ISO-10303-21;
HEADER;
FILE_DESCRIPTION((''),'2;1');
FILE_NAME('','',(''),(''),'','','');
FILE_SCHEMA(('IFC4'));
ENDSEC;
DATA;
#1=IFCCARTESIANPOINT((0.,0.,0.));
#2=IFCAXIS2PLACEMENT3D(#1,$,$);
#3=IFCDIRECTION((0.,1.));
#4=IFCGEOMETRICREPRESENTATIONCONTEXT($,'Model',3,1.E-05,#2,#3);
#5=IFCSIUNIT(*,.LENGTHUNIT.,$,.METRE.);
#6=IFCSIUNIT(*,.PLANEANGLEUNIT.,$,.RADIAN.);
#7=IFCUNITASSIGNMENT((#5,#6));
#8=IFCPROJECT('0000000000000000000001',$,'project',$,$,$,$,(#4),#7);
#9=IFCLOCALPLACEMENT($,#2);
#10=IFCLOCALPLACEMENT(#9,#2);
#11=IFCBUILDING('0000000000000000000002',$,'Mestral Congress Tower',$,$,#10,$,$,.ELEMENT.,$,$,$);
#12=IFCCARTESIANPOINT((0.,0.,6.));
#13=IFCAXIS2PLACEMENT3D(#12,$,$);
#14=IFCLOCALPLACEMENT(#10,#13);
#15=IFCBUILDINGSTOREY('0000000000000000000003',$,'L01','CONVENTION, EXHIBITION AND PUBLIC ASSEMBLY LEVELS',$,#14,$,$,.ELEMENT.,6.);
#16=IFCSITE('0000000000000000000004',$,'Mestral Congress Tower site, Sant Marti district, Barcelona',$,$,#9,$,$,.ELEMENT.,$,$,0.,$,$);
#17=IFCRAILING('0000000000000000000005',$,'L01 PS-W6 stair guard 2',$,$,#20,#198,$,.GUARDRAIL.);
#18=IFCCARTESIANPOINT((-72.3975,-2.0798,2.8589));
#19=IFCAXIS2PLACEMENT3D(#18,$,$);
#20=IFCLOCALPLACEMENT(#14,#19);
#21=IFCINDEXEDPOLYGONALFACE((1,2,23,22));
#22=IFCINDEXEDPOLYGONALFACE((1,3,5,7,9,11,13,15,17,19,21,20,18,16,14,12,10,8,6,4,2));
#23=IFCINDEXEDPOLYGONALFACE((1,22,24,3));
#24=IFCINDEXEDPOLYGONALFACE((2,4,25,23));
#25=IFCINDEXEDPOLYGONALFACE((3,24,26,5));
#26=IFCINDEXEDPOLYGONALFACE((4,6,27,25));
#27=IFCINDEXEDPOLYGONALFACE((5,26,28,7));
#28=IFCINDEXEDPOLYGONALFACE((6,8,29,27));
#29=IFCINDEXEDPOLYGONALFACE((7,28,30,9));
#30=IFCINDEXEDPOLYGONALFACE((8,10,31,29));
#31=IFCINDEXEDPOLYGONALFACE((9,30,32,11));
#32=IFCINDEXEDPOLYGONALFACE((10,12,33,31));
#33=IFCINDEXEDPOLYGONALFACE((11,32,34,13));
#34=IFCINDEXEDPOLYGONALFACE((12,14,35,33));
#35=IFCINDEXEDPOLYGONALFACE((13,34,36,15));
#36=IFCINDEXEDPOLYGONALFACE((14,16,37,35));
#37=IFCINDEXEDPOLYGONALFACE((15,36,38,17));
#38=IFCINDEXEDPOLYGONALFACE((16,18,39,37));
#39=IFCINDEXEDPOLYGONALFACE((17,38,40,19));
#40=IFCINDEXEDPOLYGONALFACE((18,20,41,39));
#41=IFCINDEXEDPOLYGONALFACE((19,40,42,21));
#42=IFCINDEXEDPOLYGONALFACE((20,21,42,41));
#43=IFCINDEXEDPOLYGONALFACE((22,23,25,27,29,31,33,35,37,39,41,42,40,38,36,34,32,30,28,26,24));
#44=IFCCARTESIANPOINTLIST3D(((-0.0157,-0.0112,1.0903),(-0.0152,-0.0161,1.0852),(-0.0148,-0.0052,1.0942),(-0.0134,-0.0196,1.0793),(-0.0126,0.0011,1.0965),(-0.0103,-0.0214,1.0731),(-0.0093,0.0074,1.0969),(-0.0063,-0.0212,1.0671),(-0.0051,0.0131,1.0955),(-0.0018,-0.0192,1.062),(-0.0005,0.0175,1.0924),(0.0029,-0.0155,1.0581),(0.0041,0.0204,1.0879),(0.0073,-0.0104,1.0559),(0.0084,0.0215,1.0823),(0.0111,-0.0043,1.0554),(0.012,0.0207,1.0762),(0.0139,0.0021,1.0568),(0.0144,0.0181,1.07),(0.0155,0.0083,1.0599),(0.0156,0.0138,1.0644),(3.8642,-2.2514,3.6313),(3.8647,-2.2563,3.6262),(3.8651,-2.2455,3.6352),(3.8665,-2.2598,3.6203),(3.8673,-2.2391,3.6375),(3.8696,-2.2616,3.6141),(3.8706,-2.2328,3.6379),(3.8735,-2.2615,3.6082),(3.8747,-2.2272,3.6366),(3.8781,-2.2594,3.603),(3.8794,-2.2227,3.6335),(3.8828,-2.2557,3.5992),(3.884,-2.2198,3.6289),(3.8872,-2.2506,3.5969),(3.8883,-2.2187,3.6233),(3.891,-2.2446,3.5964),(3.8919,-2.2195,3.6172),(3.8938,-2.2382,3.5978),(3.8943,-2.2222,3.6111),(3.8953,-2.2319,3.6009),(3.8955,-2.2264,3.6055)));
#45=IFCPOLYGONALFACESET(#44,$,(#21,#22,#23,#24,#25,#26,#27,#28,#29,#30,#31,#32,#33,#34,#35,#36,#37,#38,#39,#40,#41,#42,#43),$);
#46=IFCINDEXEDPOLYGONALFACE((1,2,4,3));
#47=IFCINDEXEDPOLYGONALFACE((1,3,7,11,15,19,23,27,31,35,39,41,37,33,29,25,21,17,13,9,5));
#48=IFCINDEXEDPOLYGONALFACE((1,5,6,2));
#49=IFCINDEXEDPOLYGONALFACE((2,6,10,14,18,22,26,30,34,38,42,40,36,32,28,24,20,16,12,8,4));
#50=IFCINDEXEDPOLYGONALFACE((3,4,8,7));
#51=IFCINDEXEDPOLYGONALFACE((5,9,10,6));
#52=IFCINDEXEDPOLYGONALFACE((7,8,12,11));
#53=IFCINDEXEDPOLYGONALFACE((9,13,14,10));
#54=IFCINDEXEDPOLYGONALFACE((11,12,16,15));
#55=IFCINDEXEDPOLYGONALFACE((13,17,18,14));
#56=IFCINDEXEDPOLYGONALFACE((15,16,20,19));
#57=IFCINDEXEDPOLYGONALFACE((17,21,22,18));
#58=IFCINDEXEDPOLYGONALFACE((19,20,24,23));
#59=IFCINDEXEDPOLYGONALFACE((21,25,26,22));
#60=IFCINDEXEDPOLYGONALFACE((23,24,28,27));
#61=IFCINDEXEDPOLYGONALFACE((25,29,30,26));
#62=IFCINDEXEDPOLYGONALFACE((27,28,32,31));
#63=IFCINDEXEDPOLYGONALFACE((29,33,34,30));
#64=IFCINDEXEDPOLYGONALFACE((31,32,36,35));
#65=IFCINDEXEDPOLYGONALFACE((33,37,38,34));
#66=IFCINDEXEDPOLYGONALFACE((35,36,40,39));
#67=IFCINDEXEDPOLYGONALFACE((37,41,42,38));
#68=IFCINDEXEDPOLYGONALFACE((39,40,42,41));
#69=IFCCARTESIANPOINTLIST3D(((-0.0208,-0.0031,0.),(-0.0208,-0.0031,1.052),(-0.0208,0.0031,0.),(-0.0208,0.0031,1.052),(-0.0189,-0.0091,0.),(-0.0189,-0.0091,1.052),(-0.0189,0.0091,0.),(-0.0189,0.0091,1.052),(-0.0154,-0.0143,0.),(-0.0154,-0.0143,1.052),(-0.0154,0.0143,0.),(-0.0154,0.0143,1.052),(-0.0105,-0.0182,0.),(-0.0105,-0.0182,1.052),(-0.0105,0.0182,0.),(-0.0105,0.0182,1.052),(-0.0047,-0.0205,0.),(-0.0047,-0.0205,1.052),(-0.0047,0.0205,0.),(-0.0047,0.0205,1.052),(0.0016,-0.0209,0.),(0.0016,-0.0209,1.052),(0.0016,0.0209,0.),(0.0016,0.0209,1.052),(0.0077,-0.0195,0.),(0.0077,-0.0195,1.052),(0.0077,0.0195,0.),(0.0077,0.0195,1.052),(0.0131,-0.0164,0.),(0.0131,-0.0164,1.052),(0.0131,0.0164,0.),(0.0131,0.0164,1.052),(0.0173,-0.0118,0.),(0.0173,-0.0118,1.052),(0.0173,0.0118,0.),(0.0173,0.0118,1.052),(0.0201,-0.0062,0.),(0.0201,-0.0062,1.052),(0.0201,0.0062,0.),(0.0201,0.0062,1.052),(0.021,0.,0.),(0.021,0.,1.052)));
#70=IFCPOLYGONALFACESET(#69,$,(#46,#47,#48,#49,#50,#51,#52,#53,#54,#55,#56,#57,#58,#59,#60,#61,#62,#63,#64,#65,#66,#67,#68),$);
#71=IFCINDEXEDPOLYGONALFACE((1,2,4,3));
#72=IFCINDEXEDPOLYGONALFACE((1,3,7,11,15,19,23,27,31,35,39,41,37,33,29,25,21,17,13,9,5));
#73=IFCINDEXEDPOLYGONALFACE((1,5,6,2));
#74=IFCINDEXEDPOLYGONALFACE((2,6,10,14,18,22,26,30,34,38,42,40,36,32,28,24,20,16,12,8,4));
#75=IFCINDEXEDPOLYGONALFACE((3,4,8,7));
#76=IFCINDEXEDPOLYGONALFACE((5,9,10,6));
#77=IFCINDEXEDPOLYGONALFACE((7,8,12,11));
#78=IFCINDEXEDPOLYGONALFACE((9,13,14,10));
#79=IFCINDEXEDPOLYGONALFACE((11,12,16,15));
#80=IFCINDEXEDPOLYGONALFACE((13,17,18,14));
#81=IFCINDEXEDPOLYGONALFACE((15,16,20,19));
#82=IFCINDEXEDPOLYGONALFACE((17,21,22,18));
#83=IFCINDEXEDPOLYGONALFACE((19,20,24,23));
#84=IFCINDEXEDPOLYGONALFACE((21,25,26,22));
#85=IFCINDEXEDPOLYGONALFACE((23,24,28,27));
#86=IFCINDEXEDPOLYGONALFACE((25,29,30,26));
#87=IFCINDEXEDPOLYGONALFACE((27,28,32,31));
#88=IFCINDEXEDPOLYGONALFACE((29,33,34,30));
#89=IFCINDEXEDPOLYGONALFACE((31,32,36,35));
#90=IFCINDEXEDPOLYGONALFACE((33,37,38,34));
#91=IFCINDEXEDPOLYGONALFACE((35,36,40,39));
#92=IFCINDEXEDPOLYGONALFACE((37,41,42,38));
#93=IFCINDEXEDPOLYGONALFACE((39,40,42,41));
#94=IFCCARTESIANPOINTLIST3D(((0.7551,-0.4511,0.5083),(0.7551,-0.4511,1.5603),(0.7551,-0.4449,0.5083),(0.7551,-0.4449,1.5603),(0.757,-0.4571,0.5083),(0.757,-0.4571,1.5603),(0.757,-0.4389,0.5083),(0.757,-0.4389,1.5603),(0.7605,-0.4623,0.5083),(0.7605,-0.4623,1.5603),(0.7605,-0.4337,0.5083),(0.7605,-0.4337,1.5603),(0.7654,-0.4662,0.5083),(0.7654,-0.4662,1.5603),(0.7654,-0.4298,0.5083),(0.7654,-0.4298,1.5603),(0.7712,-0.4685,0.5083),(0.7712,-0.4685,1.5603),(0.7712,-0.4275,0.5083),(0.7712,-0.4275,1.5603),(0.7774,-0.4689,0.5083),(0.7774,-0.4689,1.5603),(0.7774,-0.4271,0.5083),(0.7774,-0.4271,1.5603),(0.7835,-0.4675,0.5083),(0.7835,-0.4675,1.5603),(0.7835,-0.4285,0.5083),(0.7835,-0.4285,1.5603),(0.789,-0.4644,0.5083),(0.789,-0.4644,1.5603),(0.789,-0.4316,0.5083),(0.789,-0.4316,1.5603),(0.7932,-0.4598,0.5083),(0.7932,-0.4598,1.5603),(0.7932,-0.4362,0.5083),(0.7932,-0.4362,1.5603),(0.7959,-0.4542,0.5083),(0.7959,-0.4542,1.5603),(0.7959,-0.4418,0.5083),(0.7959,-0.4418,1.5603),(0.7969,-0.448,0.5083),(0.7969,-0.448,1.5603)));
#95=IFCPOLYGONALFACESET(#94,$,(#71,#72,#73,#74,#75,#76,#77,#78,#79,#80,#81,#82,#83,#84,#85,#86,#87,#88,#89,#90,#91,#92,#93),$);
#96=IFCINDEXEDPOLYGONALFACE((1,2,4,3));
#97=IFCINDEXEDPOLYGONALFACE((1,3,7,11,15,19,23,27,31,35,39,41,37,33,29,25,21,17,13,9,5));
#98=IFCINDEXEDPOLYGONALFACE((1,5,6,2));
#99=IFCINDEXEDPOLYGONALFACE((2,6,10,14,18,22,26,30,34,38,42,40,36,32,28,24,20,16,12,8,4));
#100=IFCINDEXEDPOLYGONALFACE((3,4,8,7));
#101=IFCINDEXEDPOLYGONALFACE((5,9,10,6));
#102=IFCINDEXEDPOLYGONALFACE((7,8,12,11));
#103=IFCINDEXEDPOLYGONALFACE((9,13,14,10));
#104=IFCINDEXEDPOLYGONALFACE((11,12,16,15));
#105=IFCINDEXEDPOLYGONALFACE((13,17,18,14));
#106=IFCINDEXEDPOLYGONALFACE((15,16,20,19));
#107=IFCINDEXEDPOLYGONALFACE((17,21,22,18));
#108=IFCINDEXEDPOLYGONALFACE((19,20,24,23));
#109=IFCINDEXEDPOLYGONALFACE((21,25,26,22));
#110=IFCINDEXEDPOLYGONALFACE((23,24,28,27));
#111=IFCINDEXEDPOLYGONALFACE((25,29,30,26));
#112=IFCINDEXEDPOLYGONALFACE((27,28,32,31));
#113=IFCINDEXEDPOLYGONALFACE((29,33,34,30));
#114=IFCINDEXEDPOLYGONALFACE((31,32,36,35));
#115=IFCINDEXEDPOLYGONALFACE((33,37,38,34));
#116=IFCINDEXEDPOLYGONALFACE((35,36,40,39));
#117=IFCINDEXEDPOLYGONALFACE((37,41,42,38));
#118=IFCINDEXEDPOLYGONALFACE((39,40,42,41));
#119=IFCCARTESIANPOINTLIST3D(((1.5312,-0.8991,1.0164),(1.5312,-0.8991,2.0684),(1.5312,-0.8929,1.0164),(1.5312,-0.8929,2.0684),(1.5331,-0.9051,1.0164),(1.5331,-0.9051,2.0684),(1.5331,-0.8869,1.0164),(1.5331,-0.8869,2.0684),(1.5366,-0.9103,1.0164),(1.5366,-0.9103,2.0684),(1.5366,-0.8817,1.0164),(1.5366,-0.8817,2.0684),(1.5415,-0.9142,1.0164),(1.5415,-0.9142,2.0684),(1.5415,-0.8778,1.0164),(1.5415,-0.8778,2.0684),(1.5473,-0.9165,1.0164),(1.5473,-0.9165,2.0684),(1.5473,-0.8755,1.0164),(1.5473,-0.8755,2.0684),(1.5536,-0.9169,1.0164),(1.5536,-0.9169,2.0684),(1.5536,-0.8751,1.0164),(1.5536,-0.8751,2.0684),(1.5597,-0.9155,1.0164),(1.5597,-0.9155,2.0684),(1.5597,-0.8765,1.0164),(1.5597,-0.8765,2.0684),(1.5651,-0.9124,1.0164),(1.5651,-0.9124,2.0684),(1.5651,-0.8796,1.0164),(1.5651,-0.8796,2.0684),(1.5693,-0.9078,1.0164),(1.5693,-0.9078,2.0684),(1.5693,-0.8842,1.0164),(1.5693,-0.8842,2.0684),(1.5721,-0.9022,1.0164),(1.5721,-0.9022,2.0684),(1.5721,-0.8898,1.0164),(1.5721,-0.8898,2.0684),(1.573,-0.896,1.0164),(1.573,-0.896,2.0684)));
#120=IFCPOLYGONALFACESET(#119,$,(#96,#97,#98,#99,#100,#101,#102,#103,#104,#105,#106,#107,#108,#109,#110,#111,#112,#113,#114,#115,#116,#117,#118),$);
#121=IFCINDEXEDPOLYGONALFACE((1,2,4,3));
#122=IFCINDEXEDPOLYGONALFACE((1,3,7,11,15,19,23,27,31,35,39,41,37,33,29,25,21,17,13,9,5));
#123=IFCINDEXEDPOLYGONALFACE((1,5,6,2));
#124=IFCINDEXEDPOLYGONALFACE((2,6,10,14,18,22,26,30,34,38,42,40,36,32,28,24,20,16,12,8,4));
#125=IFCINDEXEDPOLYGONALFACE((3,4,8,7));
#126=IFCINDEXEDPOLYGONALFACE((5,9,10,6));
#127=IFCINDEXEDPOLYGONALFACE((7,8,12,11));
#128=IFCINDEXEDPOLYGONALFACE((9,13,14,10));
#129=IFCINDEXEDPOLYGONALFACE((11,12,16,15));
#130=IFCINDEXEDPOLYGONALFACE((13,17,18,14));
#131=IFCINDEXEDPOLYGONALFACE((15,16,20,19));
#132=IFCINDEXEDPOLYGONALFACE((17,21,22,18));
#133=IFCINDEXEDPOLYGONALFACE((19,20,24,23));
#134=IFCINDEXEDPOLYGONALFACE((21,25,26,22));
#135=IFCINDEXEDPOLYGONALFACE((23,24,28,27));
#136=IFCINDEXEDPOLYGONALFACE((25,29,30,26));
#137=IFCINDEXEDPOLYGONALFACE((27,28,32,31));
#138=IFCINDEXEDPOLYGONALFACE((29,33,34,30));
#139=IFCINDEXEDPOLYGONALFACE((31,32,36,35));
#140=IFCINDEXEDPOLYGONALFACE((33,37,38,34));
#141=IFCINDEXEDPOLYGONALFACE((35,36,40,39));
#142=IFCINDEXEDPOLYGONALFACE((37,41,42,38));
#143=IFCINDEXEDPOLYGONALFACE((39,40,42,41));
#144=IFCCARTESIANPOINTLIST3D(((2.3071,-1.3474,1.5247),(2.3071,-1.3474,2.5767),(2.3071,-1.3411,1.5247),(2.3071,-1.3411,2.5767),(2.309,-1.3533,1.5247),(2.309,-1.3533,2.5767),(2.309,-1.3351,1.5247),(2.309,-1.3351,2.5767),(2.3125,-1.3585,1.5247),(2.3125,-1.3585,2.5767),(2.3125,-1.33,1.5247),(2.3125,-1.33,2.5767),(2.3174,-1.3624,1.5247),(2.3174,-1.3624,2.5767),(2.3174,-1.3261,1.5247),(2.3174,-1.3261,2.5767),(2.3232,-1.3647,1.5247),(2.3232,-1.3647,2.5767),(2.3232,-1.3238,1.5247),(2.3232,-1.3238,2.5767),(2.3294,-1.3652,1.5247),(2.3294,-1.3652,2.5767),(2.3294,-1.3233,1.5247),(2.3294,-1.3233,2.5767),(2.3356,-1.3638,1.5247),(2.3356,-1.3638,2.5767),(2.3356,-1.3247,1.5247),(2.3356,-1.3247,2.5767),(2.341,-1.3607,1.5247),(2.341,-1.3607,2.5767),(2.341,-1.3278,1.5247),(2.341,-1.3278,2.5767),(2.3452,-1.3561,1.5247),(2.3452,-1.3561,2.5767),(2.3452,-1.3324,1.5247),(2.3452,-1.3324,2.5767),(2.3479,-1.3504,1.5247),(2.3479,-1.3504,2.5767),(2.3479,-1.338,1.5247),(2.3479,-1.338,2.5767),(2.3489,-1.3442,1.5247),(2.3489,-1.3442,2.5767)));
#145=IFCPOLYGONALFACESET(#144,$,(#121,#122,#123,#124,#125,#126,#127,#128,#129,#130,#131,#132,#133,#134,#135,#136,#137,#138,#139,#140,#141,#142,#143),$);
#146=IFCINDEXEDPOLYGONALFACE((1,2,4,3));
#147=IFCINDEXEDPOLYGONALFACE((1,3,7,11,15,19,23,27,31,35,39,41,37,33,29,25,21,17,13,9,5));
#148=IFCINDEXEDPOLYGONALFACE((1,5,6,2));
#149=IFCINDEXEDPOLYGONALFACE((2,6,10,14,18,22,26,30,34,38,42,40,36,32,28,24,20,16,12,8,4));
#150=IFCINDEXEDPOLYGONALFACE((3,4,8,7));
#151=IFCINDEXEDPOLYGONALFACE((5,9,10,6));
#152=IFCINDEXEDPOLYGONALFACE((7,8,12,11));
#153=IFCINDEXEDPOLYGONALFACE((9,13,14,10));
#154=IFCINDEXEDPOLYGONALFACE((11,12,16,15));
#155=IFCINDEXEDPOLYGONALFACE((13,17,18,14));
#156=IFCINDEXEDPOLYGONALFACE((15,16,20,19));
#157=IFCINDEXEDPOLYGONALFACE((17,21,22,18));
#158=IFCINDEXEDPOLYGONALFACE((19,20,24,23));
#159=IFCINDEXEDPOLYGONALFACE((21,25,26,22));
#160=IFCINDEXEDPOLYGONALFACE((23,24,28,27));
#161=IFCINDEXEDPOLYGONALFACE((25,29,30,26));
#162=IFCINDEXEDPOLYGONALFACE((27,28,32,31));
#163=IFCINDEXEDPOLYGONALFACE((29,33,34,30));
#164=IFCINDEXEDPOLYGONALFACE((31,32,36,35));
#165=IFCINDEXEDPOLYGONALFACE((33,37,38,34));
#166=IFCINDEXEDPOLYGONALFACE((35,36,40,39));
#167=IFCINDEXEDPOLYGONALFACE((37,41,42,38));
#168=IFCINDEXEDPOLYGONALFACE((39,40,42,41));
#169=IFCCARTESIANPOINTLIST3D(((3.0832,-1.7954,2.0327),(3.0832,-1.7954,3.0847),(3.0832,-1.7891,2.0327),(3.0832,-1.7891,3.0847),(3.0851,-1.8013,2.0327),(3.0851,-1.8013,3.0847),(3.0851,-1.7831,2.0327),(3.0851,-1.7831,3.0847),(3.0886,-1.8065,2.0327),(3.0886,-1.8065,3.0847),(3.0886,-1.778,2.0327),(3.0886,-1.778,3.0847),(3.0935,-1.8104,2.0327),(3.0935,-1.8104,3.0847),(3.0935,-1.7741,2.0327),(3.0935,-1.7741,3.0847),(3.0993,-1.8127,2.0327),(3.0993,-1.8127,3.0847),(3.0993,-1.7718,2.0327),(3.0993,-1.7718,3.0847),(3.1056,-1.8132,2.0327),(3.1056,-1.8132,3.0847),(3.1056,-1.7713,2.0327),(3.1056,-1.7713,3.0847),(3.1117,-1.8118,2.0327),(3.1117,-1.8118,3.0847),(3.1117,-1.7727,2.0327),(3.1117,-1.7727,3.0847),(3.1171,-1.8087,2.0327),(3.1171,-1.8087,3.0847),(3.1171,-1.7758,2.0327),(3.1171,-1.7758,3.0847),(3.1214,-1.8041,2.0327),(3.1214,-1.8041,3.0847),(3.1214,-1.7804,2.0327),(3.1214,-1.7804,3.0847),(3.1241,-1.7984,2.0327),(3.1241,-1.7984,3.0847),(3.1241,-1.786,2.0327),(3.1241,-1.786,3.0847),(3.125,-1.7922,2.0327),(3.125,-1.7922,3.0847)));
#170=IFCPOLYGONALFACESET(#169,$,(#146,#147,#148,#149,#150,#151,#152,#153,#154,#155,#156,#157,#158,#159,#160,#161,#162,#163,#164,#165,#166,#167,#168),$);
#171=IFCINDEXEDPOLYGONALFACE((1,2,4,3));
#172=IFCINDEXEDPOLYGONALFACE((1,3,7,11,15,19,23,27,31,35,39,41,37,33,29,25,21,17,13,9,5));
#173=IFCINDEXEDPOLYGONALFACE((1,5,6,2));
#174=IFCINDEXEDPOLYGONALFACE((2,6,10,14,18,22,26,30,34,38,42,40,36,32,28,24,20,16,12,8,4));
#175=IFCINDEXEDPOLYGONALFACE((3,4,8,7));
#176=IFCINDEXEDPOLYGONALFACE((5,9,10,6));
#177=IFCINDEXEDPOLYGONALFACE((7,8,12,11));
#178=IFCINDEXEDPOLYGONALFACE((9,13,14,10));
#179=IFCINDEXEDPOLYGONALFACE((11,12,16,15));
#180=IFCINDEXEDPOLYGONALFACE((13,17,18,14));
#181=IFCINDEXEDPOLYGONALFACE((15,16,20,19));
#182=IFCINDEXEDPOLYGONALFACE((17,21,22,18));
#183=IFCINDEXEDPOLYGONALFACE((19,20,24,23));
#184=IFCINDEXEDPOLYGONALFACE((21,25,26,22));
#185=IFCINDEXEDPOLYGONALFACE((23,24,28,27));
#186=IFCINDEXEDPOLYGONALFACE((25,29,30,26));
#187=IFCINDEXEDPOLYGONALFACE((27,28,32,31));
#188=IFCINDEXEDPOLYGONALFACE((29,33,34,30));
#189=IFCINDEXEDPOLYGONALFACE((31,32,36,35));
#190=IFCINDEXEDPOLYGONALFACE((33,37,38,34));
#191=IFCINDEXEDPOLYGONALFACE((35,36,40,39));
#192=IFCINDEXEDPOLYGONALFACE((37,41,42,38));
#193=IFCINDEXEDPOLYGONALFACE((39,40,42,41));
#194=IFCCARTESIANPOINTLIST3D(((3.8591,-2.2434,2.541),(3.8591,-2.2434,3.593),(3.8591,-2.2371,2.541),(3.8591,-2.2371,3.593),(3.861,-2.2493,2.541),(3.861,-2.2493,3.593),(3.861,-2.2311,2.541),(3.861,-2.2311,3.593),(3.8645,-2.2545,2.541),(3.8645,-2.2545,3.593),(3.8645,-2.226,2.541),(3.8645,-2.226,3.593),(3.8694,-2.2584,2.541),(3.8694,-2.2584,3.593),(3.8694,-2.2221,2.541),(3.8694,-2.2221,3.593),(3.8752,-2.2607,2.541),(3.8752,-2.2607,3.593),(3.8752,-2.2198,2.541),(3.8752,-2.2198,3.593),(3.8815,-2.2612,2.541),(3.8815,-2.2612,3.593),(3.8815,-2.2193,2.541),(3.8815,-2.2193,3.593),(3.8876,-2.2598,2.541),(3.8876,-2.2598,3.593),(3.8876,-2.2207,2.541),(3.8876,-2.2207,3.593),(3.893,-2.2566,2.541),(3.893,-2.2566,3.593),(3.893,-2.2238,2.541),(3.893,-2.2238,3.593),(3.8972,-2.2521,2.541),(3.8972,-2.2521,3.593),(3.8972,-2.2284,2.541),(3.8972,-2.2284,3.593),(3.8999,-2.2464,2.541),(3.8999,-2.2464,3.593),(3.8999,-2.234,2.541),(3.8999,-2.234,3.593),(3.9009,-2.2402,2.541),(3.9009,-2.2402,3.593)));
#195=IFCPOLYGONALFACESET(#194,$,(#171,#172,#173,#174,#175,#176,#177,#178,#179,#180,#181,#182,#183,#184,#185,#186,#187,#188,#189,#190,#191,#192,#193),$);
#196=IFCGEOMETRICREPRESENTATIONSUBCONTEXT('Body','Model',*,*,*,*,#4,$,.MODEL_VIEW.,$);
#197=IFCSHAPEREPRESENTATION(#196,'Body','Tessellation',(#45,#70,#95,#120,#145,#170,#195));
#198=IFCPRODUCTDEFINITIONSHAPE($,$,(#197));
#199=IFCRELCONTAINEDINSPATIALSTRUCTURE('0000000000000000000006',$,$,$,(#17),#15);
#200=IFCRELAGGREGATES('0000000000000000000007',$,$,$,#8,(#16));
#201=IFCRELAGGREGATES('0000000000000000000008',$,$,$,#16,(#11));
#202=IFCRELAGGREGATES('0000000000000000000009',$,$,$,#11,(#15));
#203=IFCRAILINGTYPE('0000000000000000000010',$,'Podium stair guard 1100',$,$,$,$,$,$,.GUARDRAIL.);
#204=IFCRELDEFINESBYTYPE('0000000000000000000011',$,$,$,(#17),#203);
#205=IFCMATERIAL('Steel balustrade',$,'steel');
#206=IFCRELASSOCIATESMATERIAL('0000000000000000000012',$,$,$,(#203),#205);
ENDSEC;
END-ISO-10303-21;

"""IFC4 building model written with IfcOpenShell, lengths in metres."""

from ifc_helpers import new_model, si_unit, direction, frame, origin, origin_2d, place, context, subcontext, project, spatial, circle, extrude, material, type_object, element, save


model = new_model("IFC4")

# Units and contexts
model_context = context("Model", 3, precision=1e-05, world=origin(), true_north=direction((0.0, 1.0)))
body_context = subcontext(model_context, "Body", "Model", "MODEL_VIEW")
ifc_project = project(units=[si_unit("LENGTHUNIT", "METRE"), si_unit("PLANEANGLEUNIT", "RADIAN")], contexts=[model_context])

# Site, building, storey
site_placement = place(None, origin())
site = spatial("IfcSite", under=ifc_project, at=site_placement, Name="Mestral Congress Tower site, Sant Marti district, Barcelona", CompositionType="ELEMENT", RefElevation=0.0)
building_placement = place(site_placement, origin())
building = spatial("IfcBuilding", under=site, at=building_placement, Name="Mestral Congress Tower", CompositionType="ELEMENT")
storey_placement = place(building_placement, frame((0.0, 0.0, 6.0)))
storey = spatial("IfcBuildingStorey", under=building, at=storey_placement, Name="L01", Description="CONVENTION, EXHIBITION AND PUBLIC ASSEMBLY LEVELS", CompositionType="ELEMENT", Elevation=6.0)

# Railing
ifc_material_1 = material(Name="Steel balustrade", Category="steel")
railing_type_1 = type_object("IfcRailingType", Name="Podium stair guard 1100", PredefinedType="GUARDRAIL", material=ifc_material_1)
railing_1_placement = place(storey_placement, frame((-72.3975, -2.0798, 2.8589)))
element("IfcRailing", 1, at=railing_1_placement, inside=storey, type_object=railing_type_1, Name="L01 PS-W6 stair guard 2", PredefinedType="GUARDRAIL", context=body_context, shape_type="SweptSolid", body=[
    extrude(circle(Radius=0.0239, at=origin_2d()), frame((0.0, 0.0, 1.0762), z_axis=(0.753284, -0.434944, 0.493342), x_axis=(0.500031, 0.866008, 0.0)), (0.0, 0.0, 1.0), 5.1506),
    extrude(circle(Radius=0.021, at=origin_2d()), origin(), (0.0, 0.0, 1.0), 1.052),
    extrude(circle(Radius=0.021, at=origin_2d()), frame((0.7759, -0.448, 0.5083)), (0.0, 0.0, 1.0), 1.052),
    extrude(circle(Radius=0.021, at=origin_2d()), frame((1.552, -0.896, 1.0164)), (0.0, 0.0, 1.0), 1.052),
    extrude(circle(Radius=0.021, at=origin_2d()), frame((2.3279, -1.3442, 1.5247)), (0.0, 0.0, 1.0), 1.052),
    extrude(circle(Radius=0.021, at=origin_2d()), frame((3.104, -1.7922, 2.0327)), (0.0, 0.0, 1.0), 1.052),
    extrude(circle(Radius=0.021, at=origin_2d()), frame((3.8799, -2.2402, 2.541)), (0.0, 0.0, 1.0), 1.052),
])

save(model, "model.ifc")
